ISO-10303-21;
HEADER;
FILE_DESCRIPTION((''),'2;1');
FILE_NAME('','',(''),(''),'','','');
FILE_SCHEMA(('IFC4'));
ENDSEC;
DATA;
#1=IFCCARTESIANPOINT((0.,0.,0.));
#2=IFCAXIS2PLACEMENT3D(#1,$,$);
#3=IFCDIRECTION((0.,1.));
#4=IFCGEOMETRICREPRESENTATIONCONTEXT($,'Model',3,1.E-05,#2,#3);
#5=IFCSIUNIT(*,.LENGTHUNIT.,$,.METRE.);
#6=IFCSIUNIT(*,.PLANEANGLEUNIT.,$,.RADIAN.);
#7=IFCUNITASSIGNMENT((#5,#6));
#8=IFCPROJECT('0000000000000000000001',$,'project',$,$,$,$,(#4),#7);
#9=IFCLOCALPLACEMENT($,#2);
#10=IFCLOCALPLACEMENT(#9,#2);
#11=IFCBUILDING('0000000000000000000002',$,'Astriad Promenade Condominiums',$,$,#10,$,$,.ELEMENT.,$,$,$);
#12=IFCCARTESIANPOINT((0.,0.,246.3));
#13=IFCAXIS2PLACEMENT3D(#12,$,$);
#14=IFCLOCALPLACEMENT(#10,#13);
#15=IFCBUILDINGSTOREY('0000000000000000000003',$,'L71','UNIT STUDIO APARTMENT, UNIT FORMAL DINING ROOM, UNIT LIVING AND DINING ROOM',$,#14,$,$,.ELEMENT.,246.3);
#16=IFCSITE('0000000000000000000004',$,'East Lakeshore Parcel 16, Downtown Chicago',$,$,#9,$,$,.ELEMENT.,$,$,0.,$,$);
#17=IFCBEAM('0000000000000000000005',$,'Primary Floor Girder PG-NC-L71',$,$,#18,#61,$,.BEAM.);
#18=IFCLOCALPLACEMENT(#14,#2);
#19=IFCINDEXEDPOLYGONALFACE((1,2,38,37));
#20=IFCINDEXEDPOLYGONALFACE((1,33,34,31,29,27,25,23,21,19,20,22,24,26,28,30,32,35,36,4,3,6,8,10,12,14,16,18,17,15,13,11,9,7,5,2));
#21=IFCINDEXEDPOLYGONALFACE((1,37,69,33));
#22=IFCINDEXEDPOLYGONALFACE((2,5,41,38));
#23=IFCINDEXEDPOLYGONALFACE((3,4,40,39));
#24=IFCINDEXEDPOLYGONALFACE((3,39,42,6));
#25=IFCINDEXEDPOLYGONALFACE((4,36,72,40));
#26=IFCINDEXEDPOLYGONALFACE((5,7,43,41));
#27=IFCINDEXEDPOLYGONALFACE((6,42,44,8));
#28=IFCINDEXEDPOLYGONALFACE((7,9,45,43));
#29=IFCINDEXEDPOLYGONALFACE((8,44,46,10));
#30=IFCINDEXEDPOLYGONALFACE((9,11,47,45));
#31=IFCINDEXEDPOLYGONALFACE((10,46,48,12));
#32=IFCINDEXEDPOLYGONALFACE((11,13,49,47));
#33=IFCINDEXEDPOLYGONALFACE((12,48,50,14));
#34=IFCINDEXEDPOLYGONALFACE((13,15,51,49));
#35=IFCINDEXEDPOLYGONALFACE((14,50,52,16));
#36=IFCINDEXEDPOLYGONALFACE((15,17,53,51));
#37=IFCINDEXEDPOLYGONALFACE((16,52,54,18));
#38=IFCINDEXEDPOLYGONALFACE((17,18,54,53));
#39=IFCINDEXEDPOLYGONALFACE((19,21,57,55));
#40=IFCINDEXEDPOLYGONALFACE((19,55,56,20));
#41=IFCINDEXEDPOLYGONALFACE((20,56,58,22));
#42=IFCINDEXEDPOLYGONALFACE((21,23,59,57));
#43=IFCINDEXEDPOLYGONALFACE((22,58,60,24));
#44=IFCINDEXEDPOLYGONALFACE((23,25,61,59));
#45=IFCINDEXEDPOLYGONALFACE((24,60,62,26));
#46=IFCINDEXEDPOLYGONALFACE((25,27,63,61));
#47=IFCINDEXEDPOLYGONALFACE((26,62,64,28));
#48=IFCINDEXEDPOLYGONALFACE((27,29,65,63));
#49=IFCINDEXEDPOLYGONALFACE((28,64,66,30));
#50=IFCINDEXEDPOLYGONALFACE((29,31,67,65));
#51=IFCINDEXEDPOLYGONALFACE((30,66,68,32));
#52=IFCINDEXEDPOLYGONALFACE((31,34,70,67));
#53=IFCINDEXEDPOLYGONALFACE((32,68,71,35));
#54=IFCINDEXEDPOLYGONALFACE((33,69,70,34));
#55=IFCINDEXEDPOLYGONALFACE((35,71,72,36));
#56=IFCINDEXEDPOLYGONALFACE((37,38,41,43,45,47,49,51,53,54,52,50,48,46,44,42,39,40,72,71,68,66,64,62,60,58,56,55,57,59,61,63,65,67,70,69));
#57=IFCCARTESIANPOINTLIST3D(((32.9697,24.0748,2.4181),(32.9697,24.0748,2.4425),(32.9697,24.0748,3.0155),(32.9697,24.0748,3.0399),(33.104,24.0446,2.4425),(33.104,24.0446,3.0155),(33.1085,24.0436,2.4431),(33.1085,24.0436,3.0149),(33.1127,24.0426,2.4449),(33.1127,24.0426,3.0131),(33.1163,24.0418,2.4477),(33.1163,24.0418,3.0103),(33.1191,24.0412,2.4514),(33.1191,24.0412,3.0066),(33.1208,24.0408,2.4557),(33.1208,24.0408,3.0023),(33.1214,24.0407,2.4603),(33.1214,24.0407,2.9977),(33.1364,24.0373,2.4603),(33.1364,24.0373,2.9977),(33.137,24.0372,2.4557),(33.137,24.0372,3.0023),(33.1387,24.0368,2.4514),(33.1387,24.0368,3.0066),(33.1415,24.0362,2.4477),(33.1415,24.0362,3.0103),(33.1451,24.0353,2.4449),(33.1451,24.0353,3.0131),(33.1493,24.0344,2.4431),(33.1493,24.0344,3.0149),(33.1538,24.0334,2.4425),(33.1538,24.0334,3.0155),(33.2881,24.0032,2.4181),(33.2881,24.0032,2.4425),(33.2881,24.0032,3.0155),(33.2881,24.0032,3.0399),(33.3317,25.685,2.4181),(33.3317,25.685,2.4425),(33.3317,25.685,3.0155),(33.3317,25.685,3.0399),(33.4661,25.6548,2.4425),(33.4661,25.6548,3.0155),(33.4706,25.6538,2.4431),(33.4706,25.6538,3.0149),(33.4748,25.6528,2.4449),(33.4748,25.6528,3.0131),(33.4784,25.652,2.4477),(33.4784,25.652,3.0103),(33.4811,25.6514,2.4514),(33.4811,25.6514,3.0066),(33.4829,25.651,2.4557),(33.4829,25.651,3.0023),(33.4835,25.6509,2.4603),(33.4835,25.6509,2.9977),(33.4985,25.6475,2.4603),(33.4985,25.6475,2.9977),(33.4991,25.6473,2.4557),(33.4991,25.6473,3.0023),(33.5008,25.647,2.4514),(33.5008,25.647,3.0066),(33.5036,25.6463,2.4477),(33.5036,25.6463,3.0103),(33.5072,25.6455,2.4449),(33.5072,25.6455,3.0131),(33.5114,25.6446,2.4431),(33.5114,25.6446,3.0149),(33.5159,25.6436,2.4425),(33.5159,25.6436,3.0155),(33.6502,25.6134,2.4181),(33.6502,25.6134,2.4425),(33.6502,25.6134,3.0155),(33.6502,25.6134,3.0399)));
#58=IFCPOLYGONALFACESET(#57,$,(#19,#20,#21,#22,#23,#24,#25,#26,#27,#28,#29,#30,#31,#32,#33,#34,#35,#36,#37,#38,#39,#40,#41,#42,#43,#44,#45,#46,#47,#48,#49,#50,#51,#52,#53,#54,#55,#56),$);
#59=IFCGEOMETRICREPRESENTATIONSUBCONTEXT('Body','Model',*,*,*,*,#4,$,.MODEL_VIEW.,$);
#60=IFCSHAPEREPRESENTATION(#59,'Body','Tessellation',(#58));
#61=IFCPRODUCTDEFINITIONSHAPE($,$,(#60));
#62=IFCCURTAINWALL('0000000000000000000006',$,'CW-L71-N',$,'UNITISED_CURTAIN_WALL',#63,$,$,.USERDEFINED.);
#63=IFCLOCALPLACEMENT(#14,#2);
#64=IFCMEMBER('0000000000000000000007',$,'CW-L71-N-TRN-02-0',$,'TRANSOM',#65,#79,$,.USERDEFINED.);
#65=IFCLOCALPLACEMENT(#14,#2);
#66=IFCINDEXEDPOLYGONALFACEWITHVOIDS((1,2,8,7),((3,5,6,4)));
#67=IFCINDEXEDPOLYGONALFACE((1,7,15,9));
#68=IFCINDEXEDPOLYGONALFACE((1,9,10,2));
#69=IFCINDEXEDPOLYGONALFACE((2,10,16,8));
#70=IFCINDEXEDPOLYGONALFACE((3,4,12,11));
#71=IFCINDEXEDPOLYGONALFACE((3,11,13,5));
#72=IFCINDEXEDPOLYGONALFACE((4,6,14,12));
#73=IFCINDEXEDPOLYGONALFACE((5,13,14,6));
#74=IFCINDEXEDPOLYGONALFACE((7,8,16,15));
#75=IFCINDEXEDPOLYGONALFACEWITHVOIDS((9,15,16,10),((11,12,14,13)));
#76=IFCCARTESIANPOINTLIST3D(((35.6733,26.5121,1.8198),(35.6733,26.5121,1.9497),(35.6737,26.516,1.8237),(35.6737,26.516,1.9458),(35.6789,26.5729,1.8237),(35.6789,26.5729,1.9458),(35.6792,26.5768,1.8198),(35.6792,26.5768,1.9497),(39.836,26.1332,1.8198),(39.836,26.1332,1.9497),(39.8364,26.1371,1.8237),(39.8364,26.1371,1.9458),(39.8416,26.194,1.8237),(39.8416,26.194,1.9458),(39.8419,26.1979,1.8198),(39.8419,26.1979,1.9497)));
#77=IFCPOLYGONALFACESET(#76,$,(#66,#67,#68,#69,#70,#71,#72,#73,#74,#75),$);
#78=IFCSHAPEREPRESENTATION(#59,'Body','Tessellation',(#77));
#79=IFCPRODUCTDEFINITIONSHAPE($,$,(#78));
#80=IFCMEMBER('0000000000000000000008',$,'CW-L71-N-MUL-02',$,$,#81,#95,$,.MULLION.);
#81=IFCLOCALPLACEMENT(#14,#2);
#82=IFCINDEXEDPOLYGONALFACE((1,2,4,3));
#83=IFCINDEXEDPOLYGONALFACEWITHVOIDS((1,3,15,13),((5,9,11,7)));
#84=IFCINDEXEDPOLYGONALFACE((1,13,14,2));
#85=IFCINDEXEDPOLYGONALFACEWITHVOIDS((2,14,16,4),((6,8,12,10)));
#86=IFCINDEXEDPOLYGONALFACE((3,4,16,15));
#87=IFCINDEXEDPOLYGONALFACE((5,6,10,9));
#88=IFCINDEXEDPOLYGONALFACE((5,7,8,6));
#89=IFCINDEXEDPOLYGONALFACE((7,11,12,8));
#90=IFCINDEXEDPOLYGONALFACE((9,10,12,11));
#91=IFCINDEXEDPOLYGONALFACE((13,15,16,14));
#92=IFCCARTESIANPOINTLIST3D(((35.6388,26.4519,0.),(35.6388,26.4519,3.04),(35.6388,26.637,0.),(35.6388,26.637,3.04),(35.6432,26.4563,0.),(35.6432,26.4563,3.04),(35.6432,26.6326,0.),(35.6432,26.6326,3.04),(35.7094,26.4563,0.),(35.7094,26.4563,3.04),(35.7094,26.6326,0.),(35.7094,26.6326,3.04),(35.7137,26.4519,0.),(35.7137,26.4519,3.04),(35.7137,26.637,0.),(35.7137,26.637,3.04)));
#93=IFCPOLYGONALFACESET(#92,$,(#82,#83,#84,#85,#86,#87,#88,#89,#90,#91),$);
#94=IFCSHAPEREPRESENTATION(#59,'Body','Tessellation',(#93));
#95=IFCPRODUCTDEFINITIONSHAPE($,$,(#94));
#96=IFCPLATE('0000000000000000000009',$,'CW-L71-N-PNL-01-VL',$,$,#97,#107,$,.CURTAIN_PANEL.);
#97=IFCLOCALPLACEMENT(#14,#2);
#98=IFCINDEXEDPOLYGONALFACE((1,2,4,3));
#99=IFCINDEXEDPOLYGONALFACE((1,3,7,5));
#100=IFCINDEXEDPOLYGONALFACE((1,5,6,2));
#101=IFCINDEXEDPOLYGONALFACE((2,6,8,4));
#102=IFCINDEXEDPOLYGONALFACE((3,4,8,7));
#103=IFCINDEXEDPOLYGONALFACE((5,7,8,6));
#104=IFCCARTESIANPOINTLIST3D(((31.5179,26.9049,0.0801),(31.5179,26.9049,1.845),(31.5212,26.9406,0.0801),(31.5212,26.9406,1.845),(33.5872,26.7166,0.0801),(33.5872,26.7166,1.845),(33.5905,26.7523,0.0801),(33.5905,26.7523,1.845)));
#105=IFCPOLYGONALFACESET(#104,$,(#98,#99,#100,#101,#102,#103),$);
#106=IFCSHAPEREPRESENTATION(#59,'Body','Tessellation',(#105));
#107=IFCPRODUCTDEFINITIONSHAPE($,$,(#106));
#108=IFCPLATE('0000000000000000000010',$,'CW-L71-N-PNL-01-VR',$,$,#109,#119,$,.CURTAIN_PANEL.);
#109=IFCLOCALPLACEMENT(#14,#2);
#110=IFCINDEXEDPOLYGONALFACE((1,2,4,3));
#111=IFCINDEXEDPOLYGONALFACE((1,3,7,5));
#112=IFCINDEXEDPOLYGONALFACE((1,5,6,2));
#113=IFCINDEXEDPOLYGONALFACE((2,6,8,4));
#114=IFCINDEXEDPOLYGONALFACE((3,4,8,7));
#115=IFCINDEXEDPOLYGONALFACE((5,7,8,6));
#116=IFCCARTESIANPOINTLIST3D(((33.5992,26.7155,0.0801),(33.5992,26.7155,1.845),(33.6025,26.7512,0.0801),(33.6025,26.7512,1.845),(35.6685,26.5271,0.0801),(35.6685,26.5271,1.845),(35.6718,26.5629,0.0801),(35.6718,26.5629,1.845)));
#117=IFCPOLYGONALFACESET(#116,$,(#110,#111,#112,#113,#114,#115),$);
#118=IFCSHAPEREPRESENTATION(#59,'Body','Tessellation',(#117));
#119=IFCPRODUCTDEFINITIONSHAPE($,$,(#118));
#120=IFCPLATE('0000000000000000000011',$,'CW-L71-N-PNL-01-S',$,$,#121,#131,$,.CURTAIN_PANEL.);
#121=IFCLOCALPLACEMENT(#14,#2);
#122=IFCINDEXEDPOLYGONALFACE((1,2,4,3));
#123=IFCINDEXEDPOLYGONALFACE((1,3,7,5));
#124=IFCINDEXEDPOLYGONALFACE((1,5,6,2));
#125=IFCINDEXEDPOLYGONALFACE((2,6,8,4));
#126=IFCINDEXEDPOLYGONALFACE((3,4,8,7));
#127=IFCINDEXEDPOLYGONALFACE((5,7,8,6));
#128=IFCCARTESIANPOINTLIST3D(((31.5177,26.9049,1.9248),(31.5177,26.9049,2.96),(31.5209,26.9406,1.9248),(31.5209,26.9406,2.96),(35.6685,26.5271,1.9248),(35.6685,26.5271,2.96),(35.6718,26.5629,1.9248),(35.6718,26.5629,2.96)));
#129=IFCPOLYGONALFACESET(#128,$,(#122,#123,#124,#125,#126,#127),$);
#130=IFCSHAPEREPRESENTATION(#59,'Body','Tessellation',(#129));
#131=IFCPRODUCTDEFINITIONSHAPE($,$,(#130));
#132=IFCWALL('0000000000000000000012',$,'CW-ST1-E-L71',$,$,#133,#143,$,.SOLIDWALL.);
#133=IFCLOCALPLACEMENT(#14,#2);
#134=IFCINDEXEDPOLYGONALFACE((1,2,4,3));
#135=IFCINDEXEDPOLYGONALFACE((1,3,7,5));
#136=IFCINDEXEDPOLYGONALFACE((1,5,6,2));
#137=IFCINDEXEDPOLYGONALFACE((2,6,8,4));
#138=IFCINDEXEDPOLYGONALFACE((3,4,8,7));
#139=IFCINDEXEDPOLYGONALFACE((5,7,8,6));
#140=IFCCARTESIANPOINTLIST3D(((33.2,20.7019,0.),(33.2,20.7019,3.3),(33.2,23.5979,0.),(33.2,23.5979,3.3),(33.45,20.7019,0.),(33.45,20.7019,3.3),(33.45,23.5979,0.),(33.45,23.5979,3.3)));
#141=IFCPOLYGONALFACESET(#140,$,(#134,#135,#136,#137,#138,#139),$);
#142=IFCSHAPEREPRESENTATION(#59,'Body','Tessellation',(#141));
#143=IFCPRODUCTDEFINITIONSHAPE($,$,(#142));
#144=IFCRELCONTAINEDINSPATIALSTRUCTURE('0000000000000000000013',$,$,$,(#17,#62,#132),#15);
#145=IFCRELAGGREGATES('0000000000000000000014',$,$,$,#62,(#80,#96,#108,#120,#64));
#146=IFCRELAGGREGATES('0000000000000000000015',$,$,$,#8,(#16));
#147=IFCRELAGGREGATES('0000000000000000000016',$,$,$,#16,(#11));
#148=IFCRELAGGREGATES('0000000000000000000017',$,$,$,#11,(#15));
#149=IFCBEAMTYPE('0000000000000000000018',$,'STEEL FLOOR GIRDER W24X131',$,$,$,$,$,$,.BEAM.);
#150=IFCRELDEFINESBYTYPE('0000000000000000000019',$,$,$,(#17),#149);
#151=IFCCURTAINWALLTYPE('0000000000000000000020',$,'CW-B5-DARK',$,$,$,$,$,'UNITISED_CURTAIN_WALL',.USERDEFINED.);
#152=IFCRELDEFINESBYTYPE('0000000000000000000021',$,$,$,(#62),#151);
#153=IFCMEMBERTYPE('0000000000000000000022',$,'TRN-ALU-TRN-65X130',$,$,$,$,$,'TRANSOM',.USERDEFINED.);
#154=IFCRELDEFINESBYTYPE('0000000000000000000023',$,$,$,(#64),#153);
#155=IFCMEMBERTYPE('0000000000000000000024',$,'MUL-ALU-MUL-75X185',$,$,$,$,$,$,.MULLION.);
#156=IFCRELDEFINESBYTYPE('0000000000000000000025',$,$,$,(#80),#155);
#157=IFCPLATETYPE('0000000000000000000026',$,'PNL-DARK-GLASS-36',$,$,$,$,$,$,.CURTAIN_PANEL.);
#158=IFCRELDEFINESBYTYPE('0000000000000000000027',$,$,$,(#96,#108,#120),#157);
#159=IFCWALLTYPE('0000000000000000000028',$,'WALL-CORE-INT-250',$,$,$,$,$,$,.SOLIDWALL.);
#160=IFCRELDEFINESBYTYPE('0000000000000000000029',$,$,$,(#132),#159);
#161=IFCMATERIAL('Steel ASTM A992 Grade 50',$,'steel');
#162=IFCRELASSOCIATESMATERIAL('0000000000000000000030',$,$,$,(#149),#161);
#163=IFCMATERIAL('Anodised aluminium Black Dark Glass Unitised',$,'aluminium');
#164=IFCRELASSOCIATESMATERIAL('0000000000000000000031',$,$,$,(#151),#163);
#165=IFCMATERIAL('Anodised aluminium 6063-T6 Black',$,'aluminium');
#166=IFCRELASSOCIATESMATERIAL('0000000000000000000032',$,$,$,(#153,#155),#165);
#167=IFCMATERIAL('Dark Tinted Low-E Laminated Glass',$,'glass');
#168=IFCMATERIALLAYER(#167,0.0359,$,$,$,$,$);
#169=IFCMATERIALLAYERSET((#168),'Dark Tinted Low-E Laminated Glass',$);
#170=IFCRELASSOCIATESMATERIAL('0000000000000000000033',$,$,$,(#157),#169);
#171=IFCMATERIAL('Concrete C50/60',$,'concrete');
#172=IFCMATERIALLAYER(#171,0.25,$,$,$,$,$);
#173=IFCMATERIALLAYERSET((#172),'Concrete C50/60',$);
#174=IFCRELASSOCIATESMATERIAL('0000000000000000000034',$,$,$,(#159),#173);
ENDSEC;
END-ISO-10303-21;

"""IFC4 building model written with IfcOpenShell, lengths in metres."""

from ifc_helpers import new_model, si_unit, direction, frame, frame_2d, origin, origin_2d, place, context, subcontext, project, spatial, rectangle, hollow_rectangle, i_section, extrude, source, transform, mapped, material, layer, layer_set, material_profile, profile_set, type_object, type_shapes, element, aggregate, save


model = new_model("IFC4")

# Units and contexts
model_context = context("Model", 3, precision=1e-05, world=origin(), true_north=direction((0.0, 1.0)))
body_context = subcontext(model_context, "Body", "Model", "MODEL_VIEW")
ifc_project = project(units=[si_unit("LENGTHUNIT", "METRE"), si_unit("PLANEANGLEUNIT", "RADIAN")], contexts=[model_context])

# Site, building, storey
site_placement = place(None, origin())
site = spatial("IfcSite", under=ifc_project, at=site_placement, Name="East Lakeshore Parcel 16, Downtown Chicago", CompositionType="ELEMENT", RefElevation=0.0)
building_placement = place(site_placement, origin())
building = spatial("IfcBuilding", under=site, at=building_placement, Name="Astriad Promenade Condominiums", CompositionType="ELEMENT")
storey_placement = place(building_placement, frame((0.0, 0.0, 246.3)))
storey = spatial("IfcBuildingStorey", under=building, at=storey_placement, Name="L71", Description="UNIT STUDIO APARTMENT, UNIT FORMAL DINING ROOM, UNIT LIVING AND DINING ROOM", CompositionType="ELEMENT", Elevation=246.3)

# Shared definitions
ifc_material_1 = material(Name="Steel ASTM A992 Grade 50", Category="steel")
ifc_material_2 = material(Name="Concrete C50/60", Category="concrete")

# Beam
ifc_material_profile_1 = material_profile(ifc_material_1, i_section(OverallWidth=0.3264, OverallDepth=0.6218, WebThickness=0.0154, FlangeThickness=0.0244, FilletRadius=0.0178, at=origin_2d()), Name="W24X131")
ifc_profile_set_1 = profile_set([ifc_material_profile_1], Name="Steel ASTM A992 Grade 50")
beam_type_1 = type_object("IfcBeamType", Name="STEEL FLOOR GIRDER W24X131", PredefinedType="BEAM", material=ifc_profile_set_1)
shared_shape_1 = source(origin(), body_context, "Body", "SweptSolid", [
    extrude(i_section(OverallWidth=0.3264, OverallDepth=0.6218, WebThickness=0.0154, FlangeThickness=0.0244, FilletRadius=0.0178, at=origin_2d()), origin(), (0.0, 0.0, 1.0), 1.6504),
])
type_shapes(beam_type_1, [shared_shape_1])
beam_1_placement = place(storey_placement, frame((33.491, 25.6492, 2.729), z_axis=(-0.219389, -0.975637, 0.0), x_axis=(0.975637, -0.219389, 0.0)))
element("IfcBeam", 1, at=beam_1_placement, inside=storey, type_object=beam_type_1, Name="Primary Floor Girder PG-NC-L71", PredefinedType="BEAM", context=body_context, shape_type="MappedRepresentation", body=[
    mapped(shared_shape_1, transform((0.0, 0.0, 0.0), scale=1.0)),
])

# Curtain wall, members, plates
ifc_material_3 = material(Name="Anodised aluminium Black Dark Glass Unitised", Category="aluminium")
curtain_wall_type = type_object("IfcCurtainWallType", Name="CW-B5-DARK", ElementType="UNITISED_CURTAIN_WALL", PredefinedType="USERDEFINED", material=ifc_material_3)
curtain_wall_placement = place(storey_placement, origin())
curtain_wall = element("IfcCurtainWall", 2, at=curtain_wall_placement, inside=storey, type_object=curtain_wall_type, Name="CW-L71-N", ObjectType="UNITISED_CURTAIN_WALL", PredefinedType="USERDEFINED")
ifc_material_4 = material(Name="Anodised aluminium 6063-T6 Black", Category="aluminium")
ifc_material_profile_2 = material_profile(ifc_material_4, hollow_rectangle(XDim=0.0649, YDim=0.1299, WallThickness=0.0039, at=origin_2d()), Name="ALU-TRN-65X130")
ifc_profile_set_2 = profile_set([ifc_material_profile_2], Name="Anodised aluminium 6063-T6 Black")
member_type_1 = type_object("IfcMemberType", Name="TRN-ALU-TRN-65X130", ElementType="TRANSOM", PredefinedType="USERDEFINED", material=ifc_profile_set_2)
shared_shape_2 = source(origin(), body_context, "Body", "SweptSolid", [
    extrude(hollow_rectangle(XDim=0.0649, YDim=0.1299, WallThickness=0.0039, at=origin_2d()), origin(), (0.0, 0.0, 1.0), 4.1799),
])
type_shapes(member_type_1, [shared_shape_2])
member_1_placement = place(storey_placement, frame((35.6763, 26.5444, 1.8848), z_axis=(0.995883, -0.090646, 0.0), x_axis=(0.090646, 0.995883, 0.0)))
member_1 = element("IfcMember", 3, at=member_1_placement, type_object=member_type_1, Name="CW-L71-N-TRN-02-0", ObjectType="TRANSOM", PredefinedType="USERDEFINED", context=body_context, shape_type="MappedRepresentation", body=[
    mapped(shared_shape_2, transform((0.0, 0.0, 0.0), scale=1.0)),
])
ifc_material_profile_3 = material_profile(ifc_material_4, hollow_rectangle(XDim=0.075, YDim=0.1851, WallThickness=0.0044, at=origin_2d()), Name="ALU-MUL-75X185")
ifc_profile_set_3 = profile_set([ifc_material_profile_3], Name="Anodised aluminium 6063-T6 Black")
member_type_2 = type_object("IfcMemberType", Name="MUL-ALU-MUL-75X185", PredefinedType="MULLION", material=ifc_profile_set_3)
shared_shape_3 = source(origin(), body_context, "Body", "SweptSolid", [
    extrude(hollow_rectangle(XDim=0.075, YDim=0.1851, WallThickness=0.0044, at=origin_2d()), origin(), (0.0, 0.0, 1.0), 3.04),
])
type_shapes(member_type_2, [shared_shape_3])
member_2_placement = place(storey_placement, frame((35.6763, 26.5444, 0.0), z_axis=(0.0, 0.0, 1.0), x_axis=(1.0, 0.0, 0.0)))
member_2 = element("IfcMember", 4, at=member_2_placement, type_object=member_type_2, Name="CW-L71-N-MUL-02", PredefinedType="MULLION", context=body_context, shape_type="MappedRepresentation", body=[
    mapped(shared_shape_3, transform((0.0, 0.0, 0.0), scale=1.0)),
])
ifc_material_5 = material(Name="Dark Tinted Low-E Laminated Glass", Category="glass")
ifc_layer_1 = layer(ifc_material_5, 0.0359)
ifc_layer_set_1 = layer_set([ifc_layer_1], Name="Dark Tinted Low-E Laminated Glass")
plate_type = type_object("IfcPlateType", Name="PNL-DARK-GLASS-36", PredefinedType="CURTAIN_PANEL", material=ifc_layer_set_1)
shared_shape_4 = source(origin(), body_context, "Body", "SweptSolid", [
    extrude(rectangle(XDim=2.0779, YDim=0.0359, at=origin_2d()), origin(), (0.0, 0.0, 1.0), 1.7649),
])
plate_1_placement = place(storey_placement, frame((32.5542, 26.8286, 0.0801), z_axis=(0.0, 0.0, 1.0), x_axis=(0.995884, -0.090633, 0.0)))
plate_1 = element("IfcPlate", 5, at=plate_1_placement, type_object=plate_type, Name="CW-L71-N-PNL-01-VL", PredefinedType="CURTAIN_PANEL", context=body_context, shape_type="MappedRepresentation", body=[
    mapped(shared_shape_4, transform((0.0, 0.0, 0.0), scale=1.0)),
])
plate_2_placement = place(storey_placement, frame((34.6355, 26.6392, 0.0801), z_axis=(0.0, 0.0, 1.0), x_axis=(0.995884, -0.090633, 0.0)))
plate_2 = element("IfcPlate", 6, at=plate_2_placement, type_object=plate_type, Name="CW-L71-N-PNL-01-VR", PredefinedType="CURTAIN_PANEL", context=body_context, shape_type="MappedRepresentation", body=[
    mapped(shared_shape_4, transform((0.0, 0.0, 0.0), scale=1.0)),
])
shared_shape_5 = source(origin(), body_context, "Body", "SweptSolid", [
    extrude(rectangle(XDim=4.168, YDim=0.0359, at=origin_2d()), origin(), (0.0, 0.0, 1.0), 1.0352),
])
type_shapes(plate_type, [shared_shape_4, shared_shape_5])
plate_3_placement = place(storey_placement, frame((33.5947, 26.7339, 1.9248), z_axis=(0.0, 0.0, 1.0), x_axis=(0.995884, -0.090633, 0.0)))
plate_3 = element("IfcPlate", 7, at=plate_3_placement, type_object=plate_type, Name="CW-L71-N-PNL-01-S", PredefinedType="CURTAIN_PANEL", context=body_context, shape_type="MappedRepresentation", body=[
    mapped(shared_shape_5, transform((0.0, 0.0, 0.0), scale=1.0)),
])
aggregate(curtain_wall, [member_2, plate_1, plate_2, plate_3, member_1])

# Wall
ifc_layer_2 = layer(ifc_material_2, 0.25)
ifc_layer_set_2 = layer_set([ifc_layer_2], Name="Concrete C50/60")
wall_type_1 = type_object("IfcWallType", Name="WALL-CORE-INT-250", PredefinedType="SOLIDWALL", material=ifc_layer_set_2)
wall_1_placement = place(storey_placement, frame((33.325, 20.7019, 0.0), z_axis=(0.0, 0.0, 1.0), x_axis=(0.0, 1.0, 0.0)))
element("IfcWall", 8, at=wall_1_placement, inside=storey, type_object=wall_type_1, Name="CW-ST1-E-L71", PredefinedType="SOLIDWALL", context=body_context, shape_type="SweptSolid", body=[
    extrude(rectangle(XDim=2.896, YDim=0.25, at=frame_2d((1.448, 0.0))), origin(), (0.0, 0.0, 1.0), 3.3),
])

save(model, "model.ifc")
